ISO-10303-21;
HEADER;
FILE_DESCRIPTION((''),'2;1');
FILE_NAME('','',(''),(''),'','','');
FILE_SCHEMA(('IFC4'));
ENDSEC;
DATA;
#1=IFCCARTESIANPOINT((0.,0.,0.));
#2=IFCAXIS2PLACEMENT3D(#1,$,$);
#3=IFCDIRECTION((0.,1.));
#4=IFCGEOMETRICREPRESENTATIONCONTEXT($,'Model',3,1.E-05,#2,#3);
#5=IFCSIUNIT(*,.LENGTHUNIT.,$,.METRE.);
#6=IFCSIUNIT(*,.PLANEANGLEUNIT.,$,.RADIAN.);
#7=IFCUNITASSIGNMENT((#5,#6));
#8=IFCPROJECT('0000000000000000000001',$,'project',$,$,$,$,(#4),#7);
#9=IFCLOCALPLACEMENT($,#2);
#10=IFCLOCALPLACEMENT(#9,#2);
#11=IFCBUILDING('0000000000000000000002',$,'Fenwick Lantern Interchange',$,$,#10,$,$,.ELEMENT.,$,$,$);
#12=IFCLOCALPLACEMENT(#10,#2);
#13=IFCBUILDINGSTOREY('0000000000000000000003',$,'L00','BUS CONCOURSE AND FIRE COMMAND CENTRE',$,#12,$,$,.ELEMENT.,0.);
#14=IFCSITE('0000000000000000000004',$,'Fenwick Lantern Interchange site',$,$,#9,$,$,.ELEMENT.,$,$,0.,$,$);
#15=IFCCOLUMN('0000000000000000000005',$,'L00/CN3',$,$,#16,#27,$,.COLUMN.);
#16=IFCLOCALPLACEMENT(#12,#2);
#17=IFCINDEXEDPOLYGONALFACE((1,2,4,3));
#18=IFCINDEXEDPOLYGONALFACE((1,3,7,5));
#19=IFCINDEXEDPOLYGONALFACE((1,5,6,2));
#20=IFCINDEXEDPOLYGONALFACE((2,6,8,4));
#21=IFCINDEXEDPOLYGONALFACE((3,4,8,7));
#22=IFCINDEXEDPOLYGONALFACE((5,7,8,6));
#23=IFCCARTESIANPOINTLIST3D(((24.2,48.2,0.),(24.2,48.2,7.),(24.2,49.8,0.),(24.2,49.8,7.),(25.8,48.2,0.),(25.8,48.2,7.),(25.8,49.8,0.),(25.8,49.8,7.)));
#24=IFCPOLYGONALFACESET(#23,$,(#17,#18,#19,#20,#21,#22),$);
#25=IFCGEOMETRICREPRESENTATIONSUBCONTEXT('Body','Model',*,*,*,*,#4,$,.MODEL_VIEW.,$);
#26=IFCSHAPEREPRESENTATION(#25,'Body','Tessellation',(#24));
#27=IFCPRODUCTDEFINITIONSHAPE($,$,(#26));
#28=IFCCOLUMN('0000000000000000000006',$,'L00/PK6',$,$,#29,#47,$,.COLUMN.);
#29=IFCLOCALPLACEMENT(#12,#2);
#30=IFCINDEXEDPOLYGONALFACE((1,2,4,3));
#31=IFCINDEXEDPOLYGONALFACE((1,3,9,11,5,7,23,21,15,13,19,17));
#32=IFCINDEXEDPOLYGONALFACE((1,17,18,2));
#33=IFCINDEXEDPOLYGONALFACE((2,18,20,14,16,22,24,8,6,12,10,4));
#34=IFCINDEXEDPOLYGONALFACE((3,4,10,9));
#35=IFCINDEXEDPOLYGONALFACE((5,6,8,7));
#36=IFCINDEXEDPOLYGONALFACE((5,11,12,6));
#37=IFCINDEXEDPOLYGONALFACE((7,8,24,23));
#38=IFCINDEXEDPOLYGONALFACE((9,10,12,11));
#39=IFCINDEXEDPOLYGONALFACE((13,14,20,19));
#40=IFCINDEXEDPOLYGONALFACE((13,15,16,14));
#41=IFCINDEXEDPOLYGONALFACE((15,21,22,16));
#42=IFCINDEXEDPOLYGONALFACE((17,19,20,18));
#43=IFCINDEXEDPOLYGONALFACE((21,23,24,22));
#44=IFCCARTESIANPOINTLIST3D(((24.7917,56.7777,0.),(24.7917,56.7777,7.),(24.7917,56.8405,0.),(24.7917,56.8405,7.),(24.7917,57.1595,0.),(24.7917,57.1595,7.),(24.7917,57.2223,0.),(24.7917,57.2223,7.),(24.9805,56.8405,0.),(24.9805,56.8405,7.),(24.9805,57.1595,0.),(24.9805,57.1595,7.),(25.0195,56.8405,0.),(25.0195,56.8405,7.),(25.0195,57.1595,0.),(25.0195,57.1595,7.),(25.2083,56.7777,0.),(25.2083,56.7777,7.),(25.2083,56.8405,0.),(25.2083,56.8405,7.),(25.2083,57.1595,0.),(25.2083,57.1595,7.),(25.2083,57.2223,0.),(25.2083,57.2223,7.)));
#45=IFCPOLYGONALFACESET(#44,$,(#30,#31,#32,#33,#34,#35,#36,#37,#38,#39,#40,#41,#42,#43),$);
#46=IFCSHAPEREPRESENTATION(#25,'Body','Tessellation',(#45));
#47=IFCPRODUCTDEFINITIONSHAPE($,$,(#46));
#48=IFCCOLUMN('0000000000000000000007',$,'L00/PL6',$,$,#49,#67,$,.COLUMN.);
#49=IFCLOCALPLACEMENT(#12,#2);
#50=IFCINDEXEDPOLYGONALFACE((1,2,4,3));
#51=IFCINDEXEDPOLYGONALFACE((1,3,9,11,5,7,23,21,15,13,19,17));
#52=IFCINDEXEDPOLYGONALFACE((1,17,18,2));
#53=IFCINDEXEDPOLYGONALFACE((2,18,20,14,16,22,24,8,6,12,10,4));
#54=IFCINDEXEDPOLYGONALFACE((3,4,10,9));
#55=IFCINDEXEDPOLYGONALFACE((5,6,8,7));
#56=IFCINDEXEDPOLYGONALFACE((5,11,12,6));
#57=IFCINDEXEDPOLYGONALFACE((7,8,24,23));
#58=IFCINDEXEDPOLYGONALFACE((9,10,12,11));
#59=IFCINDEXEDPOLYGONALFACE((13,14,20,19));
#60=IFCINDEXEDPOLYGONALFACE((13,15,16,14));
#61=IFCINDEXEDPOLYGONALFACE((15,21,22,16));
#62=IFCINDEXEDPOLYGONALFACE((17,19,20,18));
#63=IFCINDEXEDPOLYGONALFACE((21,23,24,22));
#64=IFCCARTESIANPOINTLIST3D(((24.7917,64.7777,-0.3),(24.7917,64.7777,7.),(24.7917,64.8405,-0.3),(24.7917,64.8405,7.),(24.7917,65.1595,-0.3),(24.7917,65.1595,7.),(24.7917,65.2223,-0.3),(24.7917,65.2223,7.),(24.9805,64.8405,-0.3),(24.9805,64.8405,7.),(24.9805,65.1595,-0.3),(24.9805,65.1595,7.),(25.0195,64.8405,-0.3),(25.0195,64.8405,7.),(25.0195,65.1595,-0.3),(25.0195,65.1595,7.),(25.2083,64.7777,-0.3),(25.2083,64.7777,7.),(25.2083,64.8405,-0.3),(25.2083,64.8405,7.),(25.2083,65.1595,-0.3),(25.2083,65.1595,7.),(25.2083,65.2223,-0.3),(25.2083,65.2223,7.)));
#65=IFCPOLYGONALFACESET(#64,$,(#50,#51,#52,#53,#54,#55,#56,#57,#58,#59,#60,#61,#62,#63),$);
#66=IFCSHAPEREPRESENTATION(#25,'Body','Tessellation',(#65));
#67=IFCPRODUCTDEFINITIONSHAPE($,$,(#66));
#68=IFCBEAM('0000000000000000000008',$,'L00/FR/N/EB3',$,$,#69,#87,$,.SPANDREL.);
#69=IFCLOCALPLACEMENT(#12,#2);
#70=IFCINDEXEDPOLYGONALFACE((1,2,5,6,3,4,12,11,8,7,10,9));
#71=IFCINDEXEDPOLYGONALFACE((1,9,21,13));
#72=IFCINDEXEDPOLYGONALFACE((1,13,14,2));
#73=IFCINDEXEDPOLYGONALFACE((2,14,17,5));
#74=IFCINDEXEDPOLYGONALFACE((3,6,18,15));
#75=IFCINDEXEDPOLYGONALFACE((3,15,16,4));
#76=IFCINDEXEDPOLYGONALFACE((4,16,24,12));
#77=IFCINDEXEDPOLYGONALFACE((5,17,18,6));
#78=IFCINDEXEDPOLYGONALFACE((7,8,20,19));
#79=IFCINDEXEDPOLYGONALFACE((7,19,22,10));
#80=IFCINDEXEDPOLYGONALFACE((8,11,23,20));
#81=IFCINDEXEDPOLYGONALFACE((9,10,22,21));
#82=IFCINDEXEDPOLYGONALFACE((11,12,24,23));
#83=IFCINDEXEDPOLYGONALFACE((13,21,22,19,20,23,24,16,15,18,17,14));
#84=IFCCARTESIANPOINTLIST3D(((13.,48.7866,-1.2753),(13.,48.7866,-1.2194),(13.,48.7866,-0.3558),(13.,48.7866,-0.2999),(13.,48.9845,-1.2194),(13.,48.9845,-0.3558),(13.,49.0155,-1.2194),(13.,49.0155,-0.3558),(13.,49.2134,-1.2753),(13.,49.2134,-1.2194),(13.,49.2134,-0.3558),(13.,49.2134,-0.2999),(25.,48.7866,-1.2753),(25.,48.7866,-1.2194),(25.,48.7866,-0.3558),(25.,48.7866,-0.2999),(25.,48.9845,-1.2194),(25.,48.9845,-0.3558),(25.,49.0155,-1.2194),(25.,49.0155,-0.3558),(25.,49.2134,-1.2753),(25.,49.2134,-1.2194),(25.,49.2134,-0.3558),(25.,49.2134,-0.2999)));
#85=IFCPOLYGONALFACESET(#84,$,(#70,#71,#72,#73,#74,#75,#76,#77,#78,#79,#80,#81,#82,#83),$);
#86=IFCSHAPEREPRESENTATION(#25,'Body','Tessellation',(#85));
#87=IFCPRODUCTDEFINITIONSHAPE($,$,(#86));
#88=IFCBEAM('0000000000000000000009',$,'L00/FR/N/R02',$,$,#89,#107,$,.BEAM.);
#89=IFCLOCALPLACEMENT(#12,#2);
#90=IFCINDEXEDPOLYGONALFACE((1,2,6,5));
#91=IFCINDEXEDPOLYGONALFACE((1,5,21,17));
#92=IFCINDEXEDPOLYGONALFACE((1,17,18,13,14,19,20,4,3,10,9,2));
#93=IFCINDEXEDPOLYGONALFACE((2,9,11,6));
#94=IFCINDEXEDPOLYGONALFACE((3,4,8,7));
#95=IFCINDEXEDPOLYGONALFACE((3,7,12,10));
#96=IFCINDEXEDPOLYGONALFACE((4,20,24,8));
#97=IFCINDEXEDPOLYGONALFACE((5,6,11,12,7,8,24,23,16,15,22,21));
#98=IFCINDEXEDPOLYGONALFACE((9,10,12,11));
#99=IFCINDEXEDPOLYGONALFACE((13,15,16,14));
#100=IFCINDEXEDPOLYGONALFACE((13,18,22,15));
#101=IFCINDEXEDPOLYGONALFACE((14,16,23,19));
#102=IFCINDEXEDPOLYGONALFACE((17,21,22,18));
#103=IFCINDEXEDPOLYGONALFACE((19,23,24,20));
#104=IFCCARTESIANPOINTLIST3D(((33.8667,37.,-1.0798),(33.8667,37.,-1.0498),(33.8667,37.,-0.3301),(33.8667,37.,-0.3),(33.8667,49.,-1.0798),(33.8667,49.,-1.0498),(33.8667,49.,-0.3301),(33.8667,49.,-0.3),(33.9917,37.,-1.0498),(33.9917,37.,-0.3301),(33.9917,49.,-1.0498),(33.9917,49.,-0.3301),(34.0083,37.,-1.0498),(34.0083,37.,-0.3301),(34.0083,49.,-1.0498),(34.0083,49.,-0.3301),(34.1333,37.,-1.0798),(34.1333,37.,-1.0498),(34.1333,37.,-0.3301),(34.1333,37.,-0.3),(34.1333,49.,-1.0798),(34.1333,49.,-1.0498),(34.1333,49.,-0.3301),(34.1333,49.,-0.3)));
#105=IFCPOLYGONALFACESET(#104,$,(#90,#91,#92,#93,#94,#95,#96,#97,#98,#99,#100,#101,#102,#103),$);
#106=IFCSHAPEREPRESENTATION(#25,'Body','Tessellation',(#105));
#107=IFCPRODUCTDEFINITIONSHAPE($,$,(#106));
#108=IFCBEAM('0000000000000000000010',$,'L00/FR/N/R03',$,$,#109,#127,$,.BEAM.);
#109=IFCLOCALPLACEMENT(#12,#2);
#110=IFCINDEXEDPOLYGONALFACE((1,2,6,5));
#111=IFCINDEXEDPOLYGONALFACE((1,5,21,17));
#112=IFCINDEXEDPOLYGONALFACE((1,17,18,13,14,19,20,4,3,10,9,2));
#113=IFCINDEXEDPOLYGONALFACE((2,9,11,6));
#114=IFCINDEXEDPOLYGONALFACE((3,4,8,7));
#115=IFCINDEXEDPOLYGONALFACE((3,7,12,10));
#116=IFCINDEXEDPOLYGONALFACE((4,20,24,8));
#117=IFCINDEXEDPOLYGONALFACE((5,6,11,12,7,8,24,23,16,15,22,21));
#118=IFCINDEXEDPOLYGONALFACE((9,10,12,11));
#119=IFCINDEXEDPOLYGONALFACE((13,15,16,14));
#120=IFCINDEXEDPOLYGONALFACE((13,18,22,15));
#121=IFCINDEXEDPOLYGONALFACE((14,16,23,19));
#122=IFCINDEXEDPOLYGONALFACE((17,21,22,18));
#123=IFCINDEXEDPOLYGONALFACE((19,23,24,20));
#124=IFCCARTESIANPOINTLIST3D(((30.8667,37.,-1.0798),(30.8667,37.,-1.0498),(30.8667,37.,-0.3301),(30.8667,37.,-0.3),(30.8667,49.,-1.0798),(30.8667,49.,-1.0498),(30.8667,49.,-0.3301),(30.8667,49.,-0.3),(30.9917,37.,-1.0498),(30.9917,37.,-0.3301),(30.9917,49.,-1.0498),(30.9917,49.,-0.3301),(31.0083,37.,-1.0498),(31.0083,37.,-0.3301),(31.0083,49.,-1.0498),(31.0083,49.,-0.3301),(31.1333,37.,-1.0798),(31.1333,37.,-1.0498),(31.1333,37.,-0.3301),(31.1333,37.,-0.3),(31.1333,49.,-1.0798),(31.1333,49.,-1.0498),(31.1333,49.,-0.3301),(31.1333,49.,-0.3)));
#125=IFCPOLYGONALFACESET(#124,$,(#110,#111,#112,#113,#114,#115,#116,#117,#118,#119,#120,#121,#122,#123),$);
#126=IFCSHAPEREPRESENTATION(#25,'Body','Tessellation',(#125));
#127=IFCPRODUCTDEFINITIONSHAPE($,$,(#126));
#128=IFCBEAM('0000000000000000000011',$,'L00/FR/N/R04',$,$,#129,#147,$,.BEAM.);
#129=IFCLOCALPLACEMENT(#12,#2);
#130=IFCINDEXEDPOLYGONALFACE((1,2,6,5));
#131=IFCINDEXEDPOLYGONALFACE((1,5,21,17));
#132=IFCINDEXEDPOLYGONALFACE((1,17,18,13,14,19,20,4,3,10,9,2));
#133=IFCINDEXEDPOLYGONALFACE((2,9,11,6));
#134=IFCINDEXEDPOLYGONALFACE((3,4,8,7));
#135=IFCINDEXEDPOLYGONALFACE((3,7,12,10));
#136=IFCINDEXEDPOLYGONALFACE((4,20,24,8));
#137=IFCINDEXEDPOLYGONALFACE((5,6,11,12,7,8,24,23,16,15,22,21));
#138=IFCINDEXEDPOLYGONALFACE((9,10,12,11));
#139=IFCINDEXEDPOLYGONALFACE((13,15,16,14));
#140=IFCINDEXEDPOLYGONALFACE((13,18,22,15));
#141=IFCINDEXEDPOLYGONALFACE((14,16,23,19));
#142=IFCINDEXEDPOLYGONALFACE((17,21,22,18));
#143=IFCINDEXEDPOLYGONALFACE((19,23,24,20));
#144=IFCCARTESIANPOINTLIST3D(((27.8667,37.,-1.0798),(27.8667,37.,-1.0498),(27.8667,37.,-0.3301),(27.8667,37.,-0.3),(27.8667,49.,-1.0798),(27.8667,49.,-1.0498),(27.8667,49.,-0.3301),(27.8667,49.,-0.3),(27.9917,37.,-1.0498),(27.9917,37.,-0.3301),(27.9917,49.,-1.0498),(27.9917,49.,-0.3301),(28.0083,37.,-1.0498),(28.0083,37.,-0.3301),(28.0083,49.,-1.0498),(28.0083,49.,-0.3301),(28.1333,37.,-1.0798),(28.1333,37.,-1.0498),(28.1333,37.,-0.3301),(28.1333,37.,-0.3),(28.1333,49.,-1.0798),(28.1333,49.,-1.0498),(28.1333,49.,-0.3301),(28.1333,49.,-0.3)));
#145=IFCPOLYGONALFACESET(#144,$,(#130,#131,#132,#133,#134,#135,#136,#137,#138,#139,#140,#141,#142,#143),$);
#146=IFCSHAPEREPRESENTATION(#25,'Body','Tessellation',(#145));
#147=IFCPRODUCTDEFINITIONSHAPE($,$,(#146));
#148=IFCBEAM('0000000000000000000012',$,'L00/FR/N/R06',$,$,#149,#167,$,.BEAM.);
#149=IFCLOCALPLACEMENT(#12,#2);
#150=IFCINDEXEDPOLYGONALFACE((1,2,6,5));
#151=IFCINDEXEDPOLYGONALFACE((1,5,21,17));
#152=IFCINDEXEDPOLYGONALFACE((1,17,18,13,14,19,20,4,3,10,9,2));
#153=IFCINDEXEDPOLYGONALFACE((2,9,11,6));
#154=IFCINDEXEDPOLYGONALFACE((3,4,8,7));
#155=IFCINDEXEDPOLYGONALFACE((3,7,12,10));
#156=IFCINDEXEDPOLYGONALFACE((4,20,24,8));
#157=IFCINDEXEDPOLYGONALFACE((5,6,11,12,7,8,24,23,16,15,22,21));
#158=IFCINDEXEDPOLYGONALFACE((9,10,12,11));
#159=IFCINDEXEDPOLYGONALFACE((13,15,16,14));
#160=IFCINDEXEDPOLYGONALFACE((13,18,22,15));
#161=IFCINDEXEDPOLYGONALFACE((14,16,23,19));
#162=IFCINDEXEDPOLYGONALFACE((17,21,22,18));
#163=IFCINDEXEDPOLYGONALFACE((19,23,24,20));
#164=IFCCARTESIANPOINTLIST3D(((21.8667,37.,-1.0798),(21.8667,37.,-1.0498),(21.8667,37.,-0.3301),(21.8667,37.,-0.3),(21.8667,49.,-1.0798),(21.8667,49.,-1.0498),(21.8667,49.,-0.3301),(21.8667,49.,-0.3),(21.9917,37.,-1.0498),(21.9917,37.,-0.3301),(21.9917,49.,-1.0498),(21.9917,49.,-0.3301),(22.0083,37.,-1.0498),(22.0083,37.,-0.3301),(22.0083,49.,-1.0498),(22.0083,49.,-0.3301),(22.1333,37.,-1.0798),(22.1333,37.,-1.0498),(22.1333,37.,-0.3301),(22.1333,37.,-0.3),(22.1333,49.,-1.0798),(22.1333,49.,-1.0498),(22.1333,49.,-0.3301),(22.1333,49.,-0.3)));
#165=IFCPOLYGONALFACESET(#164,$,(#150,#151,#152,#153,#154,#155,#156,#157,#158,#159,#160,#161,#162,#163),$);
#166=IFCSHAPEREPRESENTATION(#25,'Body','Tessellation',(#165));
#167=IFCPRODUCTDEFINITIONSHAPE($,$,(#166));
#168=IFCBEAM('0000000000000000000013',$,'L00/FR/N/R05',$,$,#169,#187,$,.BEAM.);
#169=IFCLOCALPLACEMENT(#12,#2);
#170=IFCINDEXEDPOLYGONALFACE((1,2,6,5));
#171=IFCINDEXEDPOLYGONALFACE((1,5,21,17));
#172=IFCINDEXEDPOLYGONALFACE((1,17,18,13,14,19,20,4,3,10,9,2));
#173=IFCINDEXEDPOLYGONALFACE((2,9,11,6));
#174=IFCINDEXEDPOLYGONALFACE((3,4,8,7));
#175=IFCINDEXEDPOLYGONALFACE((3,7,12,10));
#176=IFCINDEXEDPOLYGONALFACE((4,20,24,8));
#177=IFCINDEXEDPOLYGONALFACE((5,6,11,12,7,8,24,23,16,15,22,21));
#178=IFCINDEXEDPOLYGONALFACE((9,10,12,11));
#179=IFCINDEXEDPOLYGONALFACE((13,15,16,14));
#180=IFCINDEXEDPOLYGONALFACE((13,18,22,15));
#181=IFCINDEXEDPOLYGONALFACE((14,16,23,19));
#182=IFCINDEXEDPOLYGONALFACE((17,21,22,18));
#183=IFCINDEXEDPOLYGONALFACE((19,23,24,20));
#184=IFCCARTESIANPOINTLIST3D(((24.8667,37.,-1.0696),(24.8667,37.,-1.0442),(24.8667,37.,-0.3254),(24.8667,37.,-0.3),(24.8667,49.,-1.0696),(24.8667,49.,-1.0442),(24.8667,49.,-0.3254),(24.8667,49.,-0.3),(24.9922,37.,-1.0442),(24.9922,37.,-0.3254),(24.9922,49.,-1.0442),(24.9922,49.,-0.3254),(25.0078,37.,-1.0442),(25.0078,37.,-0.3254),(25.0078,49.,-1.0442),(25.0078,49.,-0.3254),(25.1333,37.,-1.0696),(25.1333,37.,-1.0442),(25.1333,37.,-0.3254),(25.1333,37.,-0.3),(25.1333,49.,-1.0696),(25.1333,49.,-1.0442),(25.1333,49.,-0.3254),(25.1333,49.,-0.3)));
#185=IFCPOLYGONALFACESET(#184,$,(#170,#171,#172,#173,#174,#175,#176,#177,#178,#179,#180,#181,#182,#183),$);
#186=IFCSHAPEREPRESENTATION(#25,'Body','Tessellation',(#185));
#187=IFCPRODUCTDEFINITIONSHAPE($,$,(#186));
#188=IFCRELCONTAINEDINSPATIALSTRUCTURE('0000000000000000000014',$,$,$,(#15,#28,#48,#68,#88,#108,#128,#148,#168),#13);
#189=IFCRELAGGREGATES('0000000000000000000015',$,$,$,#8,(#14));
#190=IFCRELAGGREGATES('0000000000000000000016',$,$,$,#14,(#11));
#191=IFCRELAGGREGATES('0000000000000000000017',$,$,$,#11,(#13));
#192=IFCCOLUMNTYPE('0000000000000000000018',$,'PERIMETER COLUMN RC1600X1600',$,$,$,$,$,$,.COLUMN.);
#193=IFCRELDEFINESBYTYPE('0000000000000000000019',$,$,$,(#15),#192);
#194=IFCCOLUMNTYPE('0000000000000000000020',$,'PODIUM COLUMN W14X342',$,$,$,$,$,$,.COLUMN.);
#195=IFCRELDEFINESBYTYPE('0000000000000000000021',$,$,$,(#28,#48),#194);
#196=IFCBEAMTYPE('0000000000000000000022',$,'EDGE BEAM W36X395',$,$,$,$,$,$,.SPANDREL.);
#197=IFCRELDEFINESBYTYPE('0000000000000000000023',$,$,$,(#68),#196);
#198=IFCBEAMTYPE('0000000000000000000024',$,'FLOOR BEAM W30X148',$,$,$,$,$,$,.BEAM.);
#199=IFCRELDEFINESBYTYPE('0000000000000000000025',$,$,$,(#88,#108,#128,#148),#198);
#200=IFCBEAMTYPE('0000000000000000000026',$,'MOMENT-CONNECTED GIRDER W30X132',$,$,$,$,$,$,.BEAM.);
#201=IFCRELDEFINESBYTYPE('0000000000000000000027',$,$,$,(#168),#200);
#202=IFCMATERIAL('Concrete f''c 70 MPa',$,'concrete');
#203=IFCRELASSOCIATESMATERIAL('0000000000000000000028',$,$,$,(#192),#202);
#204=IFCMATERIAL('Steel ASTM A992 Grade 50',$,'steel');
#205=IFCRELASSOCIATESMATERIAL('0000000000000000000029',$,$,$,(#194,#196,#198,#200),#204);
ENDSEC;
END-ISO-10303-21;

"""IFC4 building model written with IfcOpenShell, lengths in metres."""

from ifc_helpers import new_model, si_unit, direction, frame, origin, origin_2d, place, context, subcontext, project, spatial, rectangle, i_section, extrude, material, material_profile, profile_set, type_object, element, save


model = new_model("IFC4")

# Units and contexts
model_context = context("Model", 3, precision=1e-05, world=origin(), true_north=direction((0.0, 1.0)))
body_context = subcontext(model_context, "Body", "Model", "MODEL_VIEW")
ifc_project = project(units=[si_unit("LENGTHUNIT", "METRE"), si_unit("PLANEANGLEUNIT", "RADIAN")], contexts=[model_context])

# Site, building, storey
site_placement = place(None, origin())
site = spatial("IfcSite", under=ifc_project, at=site_placement, Name="Fenwick Lantern Interchange site", CompositionType="ELEMENT", RefElevation=0.0)
building_placement = place(site_placement, origin())
building = spatial("IfcBuilding", under=site, at=building_placement, Name="Fenwick Lantern Interchange", CompositionType="ELEMENT")
storey_placement = place(building_placement, origin())
storey = spatial("IfcBuildingStorey", under=building, at=storey_placement, Name="L00", Description="BUS CONCOURSE AND FIRE COMMAND CENTRE", CompositionType="ELEMENT", Elevation=0.0)

# Columns
ifc_material_1 = material(Name="Concrete f'c 70 MPa", Category="concrete")
ifc_material_profile_1 = material_profile(ifc_material_1, rectangle(XDim=1.6001, YDim=1.6001, at=origin_2d()), Name="RC1600X1600")
ifc_profile_set_1 = profile_set([ifc_material_profile_1], Name="Concrete f'c 70 MPa")
column_type_1 = type_object("IfcColumnType", Name="PERIMETER COLUMN RC1600X1600", PredefinedType="COLUMN", material=ifc_profile_set_1)
column_1_placement = place(storey_placement, frame((25.0, 49.0, 0.0), z_axis=(0.0, 0.0, 1.0), x_axis=(1.0, 0.0, 0.0)))
element("IfcColumn", 1, at=column_1_placement, inside=storey, type_object=column_type_1, Name="L00/CN3", PredefinedType="COLUMN", context=body_context, shape_type="SweptSolid", body=[
    extrude(rectangle(XDim=1.6001, YDim=1.6001, at=origin_2d()), origin(), (0.0, 0.0, 1.0), 7.0),
])
ifc_material_2 = material(Name="Steel ASTM A992 Grade 50", Category="steel")
ifc_material_profile_2 = material_profile(ifc_material_2, i_section(OverallWidth=0.4165, OverallDepth=0.4446, WebThickness=0.0391, FlangeThickness=0.0627, at=origin_2d()), Name="W14X342")
ifc_profile_set_2 = profile_set([ifc_material_profile_2], Name="Steel ASTM A992 Grade 50")
column_type_2 = type_object("IfcColumnType", Name="PODIUM COLUMN W14X342", PredefinedType="COLUMN", material=ifc_profile_set_2)
column_2_placement = place(storey_placement, frame((25.0, 57.0, 0.0), z_axis=(0.0, 0.0, 1.0), x_axis=(1.0, 0.0, 0.0)))
element("IfcColumn", 2, at=column_2_placement, inside=storey, type_object=column_type_2, Name="L00/PK6", PredefinedType="COLUMN", context=body_context, shape_type="SweptSolid", body=[
    extrude(i_section(OverallWidth=0.4165, OverallDepth=0.4446, WebThickness=0.0391, FlangeThickness=0.0627, at=origin_2d()), origin(), (0.0, 0.0, 1.0), 7.0),
])
column_3_placement = place(storey_placement, frame((25.0, 65.0, -0.3), z_axis=(0.0, 0.0, 1.0), x_axis=(1.0, 0.0, 0.0)))
element("IfcColumn", 3, at=column_3_placement, inside=storey, type_object=column_type_2, Name="L00/PL6", PredefinedType="COLUMN", context=body_context, shape_type="SweptSolid", body=[
    extrude(i_section(OverallWidth=0.4165, OverallDepth=0.4446, WebThickness=0.0391, FlangeThickness=0.0627, at=origin_2d()), origin(), (0.0, 0.0, 1.0), 7.3),
])

# Beams
ifc_material_profile_3 = material_profile(ifc_material_2, i_section(OverallWidth=0.4268, OverallDepth=0.9753, WebThickness=0.031, FlangeThickness=0.0559, at=origin_2d()), Name="W36X395")
ifc_profile_set_3 = profile_set([ifc_material_profile_3], Name="Steel ASTM A992 Grade 50")
beam_type_1 = type_object("IfcBeamType", Name="EDGE BEAM W36X395", PredefinedType="SPANDREL", material=ifc_profile_set_3)
beam_1_placement = place(storey_placement, frame((25.0, 49.0, -0.7876), z_axis=(-1.0, 0.0, 0.0), x_axis=(0.0, -1.0, 0.0)))
element("IfcBeam", 4, at=beam_1_placement, inside=storey, type_object=beam_type_1, Name="L00/FR/N/EB3", PredefinedType="SPANDREL", context=body_context, shape_type="SweptSolid", body=[
    extrude(i_section(OverallWidth=0.4268, OverallDepth=0.9753, WebThickness=0.031, FlangeThickness=0.0559, at=origin_2d()), origin(), (0.0, 0.0, 1.0), 12.0),
])
ifc_material_profile_4 = material_profile(ifc_material_2, i_section(OverallWidth=0.2666, OverallDepth=0.7798, WebThickness=0.0166, FlangeThickness=0.03, at=origin_2d()), Name="W30X148")
ifc_profile_set_4 = profile_set([ifc_material_profile_4], Name="Steel ASTM A992 Grade 50")
beam_type_2 = type_object("IfcBeamType", Name="FLOOR BEAM W30X148", PredefinedType="BEAM", material=ifc_profile_set_4)
for number, where, z_axis, x_axis, name in (
    (5, (34.0, 49.0, -0.6899), (0.0, -1.0, 0.0), (1.0, 0.0, 0.0), "L00/FR/N/R02"),
    (6, (31.0, 49.0, -0.6899), (0.0, -1.0, 0.0), (1.0, 0.0, 0.0), "L00/FR/N/R03"),
    (7, (28.0, 49.0, -0.6899), (0.0, -1.0, 0.0), (1.0, 0.0, 0.0), "L00/FR/N/R04"),
    (8, (22.0, 49.0, -0.6899), (0.0, -1.0, 0.0), (1.0, 0.0, 0.0), "L00/FR/N/R06"),
):
    element("IfcBeam", number, at=place(storey_placement, frame(where, z_axis=z_axis, x_axis=x_axis)), inside=storey, type_object=beam_type_2, Name=name, PredefinedType="BEAM", context=body_context, shape_type="SweptSolid", body=[
        extrude(i_section(OverallWidth=0.2666, OverallDepth=0.7798, WebThickness=0.0166, FlangeThickness=0.03, at=origin_2d()), origin(), (0.0, 0.0, 1.0), 12.0),
    ])
ifc_material_profile_5 = material_profile(ifc_material_2, i_section(OverallWidth=0.2666, OverallDepth=0.7695, WebThickness=0.0156, FlangeThickness=0.0254, at=origin_2d()), Name="W30X132")
ifc_profile_set_5 = profile_set([ifc_material_profile_5], Name="Steel ASTM A992 Grade 50")
beam_type_3 = type_object("IfcBeamType", Name="MOMENT-CONNECTED GIRDER W30X132", PredefinedType="BEAM", material=ifc_profile_set_5)
beam_2_placement = place(storey_placement, frame((25.0, 49.0, -0.6848), z_axis=(0.0, -1.0, 0.0), x_axis=(1.0, 0.0, 0.0)))
element("IfcBeam", 9, at=beam_2_placement, inside=storey, type_object=beam_type_3, Name="L00/FR/N/R05", PredefinedType="BEAM", context=body_context, shape_type="SweptSolid", body=[
    extrude(i_section(OverallWidth=0.2666, OverallDepth=0.7695, WebThickness=0.0156, FlangeThickness=0.0254, at=origin_2d()), origin(), (0.0, 0.0, 1.0), 12.0),
])

save(model, "model.ifc")
